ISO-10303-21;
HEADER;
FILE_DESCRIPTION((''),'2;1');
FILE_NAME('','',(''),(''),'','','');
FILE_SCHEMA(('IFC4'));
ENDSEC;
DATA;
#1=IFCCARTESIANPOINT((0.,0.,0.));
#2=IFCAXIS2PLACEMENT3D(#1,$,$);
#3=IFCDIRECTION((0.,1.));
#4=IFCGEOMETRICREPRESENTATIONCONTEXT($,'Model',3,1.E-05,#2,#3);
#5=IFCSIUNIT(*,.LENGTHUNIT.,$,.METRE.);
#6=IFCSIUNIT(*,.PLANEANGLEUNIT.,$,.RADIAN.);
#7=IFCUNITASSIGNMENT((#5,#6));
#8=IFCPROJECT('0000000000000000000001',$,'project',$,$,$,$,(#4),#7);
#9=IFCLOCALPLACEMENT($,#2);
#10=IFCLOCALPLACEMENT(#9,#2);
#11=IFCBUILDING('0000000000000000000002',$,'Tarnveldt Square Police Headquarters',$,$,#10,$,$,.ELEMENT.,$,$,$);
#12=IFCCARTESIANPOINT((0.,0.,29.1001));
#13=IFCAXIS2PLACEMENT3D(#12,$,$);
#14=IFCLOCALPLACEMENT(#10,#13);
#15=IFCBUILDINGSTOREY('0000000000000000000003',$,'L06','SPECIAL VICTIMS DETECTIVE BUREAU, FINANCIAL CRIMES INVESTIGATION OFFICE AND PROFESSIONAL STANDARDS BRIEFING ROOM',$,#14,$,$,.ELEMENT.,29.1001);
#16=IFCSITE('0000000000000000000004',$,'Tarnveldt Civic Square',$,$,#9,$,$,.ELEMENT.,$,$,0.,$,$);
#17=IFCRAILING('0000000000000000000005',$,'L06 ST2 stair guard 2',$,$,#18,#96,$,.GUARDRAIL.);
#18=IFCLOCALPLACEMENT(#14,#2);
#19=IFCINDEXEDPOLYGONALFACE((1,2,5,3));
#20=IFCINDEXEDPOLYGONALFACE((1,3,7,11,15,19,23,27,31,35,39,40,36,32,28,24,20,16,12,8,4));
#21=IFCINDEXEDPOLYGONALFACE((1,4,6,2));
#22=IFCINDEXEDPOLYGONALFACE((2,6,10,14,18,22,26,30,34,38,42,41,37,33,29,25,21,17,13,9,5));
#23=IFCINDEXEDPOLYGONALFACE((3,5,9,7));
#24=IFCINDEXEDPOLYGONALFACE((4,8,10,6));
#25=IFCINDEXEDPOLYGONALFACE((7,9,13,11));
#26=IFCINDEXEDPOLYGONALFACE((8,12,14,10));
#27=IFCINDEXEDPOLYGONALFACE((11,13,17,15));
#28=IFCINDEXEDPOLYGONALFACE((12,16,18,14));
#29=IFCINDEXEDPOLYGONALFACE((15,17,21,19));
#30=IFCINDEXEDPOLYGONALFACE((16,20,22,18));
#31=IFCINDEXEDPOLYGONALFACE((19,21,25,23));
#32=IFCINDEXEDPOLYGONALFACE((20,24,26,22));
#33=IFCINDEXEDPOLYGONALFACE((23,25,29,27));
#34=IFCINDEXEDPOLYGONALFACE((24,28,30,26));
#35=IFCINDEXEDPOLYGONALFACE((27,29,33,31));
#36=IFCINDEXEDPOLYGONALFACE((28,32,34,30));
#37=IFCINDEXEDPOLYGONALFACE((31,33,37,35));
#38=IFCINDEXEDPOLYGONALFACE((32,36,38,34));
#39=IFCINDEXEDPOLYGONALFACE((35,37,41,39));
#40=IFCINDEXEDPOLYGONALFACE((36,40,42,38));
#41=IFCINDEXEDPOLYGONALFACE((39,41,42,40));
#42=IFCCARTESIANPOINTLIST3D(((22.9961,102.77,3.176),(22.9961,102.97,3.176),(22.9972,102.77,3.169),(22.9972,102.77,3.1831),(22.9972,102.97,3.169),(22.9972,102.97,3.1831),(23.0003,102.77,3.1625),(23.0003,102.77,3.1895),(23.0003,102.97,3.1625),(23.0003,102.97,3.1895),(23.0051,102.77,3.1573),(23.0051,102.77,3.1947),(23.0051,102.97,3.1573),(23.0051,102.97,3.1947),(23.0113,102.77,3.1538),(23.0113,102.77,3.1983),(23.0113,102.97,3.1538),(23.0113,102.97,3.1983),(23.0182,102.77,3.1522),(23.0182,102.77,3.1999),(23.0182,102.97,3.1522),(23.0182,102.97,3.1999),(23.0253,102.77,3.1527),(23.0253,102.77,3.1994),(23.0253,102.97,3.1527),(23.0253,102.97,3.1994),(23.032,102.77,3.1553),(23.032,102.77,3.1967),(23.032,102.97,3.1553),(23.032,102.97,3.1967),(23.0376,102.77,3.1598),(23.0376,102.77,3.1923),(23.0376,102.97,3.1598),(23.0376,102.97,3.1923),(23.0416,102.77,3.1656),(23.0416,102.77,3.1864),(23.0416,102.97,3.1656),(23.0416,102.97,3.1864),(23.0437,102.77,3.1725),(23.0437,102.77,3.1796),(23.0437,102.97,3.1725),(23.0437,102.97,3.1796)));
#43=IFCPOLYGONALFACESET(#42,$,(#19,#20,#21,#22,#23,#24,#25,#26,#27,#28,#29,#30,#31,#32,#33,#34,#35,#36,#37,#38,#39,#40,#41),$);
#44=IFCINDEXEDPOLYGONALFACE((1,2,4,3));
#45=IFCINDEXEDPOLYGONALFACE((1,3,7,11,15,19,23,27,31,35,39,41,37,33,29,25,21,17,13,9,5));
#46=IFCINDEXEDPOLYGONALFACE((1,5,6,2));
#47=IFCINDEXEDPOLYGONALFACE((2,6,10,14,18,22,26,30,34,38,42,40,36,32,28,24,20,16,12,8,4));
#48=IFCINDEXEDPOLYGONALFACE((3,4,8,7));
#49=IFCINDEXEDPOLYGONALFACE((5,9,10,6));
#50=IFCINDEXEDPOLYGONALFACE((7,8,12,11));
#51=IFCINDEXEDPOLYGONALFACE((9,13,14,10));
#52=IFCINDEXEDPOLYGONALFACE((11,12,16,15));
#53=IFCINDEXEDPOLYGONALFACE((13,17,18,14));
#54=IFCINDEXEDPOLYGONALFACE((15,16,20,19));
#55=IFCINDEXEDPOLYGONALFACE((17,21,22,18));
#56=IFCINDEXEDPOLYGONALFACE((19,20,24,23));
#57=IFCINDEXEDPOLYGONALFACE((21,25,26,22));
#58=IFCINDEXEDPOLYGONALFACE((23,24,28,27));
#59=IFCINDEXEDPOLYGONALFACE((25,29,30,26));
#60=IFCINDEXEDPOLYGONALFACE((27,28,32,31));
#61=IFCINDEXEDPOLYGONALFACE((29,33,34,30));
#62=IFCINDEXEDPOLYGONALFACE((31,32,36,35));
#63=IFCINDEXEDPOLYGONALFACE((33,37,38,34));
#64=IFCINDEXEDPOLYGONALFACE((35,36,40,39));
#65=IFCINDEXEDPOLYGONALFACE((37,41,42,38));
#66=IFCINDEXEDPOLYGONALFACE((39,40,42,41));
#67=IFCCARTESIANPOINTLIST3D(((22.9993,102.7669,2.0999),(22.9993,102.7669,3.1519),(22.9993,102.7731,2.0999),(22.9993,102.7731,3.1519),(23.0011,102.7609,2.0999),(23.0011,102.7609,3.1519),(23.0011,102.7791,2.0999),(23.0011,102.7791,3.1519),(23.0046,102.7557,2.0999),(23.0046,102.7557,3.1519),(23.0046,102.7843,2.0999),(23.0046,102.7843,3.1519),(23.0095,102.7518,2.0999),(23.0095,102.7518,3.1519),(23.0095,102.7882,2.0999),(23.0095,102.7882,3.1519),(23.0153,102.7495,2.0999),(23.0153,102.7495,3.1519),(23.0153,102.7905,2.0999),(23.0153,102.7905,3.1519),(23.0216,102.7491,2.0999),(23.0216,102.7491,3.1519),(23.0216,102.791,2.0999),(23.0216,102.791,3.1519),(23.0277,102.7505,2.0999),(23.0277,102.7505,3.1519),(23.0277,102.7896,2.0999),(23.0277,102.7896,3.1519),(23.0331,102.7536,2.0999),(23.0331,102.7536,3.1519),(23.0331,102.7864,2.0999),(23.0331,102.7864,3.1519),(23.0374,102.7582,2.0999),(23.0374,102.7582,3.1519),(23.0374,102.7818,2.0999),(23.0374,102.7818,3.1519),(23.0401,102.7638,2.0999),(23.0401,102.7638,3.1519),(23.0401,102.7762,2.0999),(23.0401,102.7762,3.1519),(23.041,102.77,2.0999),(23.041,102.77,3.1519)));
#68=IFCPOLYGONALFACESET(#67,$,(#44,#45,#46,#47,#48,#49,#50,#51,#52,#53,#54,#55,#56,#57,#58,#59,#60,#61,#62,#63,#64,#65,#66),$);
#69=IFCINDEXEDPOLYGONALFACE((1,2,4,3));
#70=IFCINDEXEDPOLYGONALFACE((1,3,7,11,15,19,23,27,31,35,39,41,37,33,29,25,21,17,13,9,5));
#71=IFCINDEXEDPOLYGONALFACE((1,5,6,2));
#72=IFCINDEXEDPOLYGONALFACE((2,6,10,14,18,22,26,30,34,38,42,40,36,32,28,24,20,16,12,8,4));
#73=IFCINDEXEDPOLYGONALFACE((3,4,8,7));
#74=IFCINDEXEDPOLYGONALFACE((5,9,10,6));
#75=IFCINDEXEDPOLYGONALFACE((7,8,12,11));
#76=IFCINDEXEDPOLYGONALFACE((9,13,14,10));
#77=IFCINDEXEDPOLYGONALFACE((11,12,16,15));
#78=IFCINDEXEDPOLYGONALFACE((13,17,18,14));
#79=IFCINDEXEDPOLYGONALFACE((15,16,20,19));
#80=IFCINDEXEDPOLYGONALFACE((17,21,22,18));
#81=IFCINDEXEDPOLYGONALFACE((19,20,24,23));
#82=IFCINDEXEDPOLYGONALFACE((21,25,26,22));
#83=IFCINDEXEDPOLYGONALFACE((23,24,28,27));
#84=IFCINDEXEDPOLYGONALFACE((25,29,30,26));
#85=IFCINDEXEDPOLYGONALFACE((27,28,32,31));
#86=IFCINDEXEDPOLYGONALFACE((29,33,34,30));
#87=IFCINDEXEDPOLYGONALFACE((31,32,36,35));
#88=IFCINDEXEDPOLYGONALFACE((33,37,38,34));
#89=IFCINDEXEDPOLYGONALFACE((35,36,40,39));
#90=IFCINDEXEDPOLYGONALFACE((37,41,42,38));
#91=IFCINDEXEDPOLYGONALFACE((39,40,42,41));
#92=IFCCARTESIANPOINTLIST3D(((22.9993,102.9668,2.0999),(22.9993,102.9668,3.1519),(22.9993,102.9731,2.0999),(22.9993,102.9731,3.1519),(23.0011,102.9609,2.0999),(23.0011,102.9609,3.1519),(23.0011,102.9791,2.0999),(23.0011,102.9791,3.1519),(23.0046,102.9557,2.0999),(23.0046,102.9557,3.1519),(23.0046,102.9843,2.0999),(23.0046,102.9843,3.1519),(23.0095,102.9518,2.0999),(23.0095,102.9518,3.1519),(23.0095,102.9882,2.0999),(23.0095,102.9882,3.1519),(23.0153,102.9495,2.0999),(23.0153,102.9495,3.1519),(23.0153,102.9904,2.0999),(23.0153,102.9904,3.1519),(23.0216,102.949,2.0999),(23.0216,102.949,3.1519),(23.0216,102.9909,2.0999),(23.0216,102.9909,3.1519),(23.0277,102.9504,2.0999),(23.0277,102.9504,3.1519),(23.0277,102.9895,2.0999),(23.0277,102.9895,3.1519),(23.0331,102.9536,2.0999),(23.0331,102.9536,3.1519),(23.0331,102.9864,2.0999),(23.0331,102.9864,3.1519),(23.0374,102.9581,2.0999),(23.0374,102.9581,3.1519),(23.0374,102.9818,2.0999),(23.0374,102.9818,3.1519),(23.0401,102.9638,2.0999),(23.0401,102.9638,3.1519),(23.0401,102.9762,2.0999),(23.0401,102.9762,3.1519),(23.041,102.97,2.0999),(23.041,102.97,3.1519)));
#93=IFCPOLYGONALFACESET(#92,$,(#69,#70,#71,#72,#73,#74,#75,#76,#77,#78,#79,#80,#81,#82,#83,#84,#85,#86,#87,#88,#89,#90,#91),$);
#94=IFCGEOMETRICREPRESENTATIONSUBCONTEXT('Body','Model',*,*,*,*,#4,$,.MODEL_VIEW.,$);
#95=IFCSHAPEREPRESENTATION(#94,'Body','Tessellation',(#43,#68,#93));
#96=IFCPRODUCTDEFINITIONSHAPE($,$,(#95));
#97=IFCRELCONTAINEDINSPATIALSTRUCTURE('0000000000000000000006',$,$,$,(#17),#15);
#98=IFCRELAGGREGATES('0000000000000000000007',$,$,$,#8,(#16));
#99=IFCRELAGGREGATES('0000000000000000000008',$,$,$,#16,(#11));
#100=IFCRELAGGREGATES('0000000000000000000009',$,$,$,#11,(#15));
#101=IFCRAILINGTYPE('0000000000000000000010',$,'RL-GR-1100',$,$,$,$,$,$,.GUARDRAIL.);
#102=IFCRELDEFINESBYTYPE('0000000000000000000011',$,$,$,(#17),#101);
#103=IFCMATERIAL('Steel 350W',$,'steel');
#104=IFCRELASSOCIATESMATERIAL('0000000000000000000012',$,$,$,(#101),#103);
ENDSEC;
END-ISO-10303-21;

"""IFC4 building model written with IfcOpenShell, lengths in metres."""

from ifc_helpers import new_model, si_unit, direction, frame, origin, origin_2d, place, context, subcontext, project, spatial, circle, extrude, material, type_object, element, save


model = new_model("IFC4")

# Units and contexts
model_context = context("Model", 3, precision=1e-05, world=origin(), true_north=direction((0.0, 1.0)))
body_context = subcontext(model_context, "Body", "Model", "MODEL_VIEW")
ifc_project = project(units=[si_unit("LENGTHUNIT", "METRE"), si_unit("PLANEANGLEUNIT", "RADIAN")], contexts=[model_context])

# Site, building, storey
site_placement = place(None, origin())
site = spatial("IfcSite", under=ifc_project, at=site_placement, Name="Tarnveldt Civic Square", CompositionType="ELEMENT", RefElevation=0.0)
building_placement = place(site_placement, origin())
building = spatial("IfcBuilding", under=site, at=building_placement, Name="Tarnveldt Square Police Headquarters", CompositionType="ELEMENT")
storey_placement = place(building_placement, frame((0.0, 0.0, 29.1001)))
storey = spatial("IfcBuildingStorey", under=building, at=storey_placement, Name="L06", Description="SPECIAL VICTIMS DETECTIVE BUREAU, FINANCIAL CRIMES INVESTIGATION OFFICE AND PROFESSIONAL STANDARDS BRIEFING ROOM", CompositionType="ELEMENT", Elevation=29.1001)

# Shared definitions
ifc_material_1 = material(Name="Steel 350W", Category="steel")

# Railing
railing_type_1 = type_object("IfcRailingType", Name="RL-GR-1100", PredefinedType="GUARDRAIL", material=ifc_material_1)
railing_1_placement = place(storey_placement, frame((23.02, 102.77, 2.0999)))
element("IfcRailing", 1, at=railing_1_placement, inside=storey, type_object=railing_type_1, Name="L06 ST2 stair guard 2", PredefinedType="GUARDRAIL", context=body_context, shape_type="SweptSolid", body=[
    extrude(circle(Radius=0.0239, at=origin_2d()), frame((0.0, 0.0, 1.0762), z_axis=(0.0, 1.0, 0.0), x_axis=(-1.0, 0.0, 0.0)), (0.0, 0.0, 1.0), 0.2),
    extrude(circle(Radius=0.021, at=origin_2d()), origin(), (0.0, 0.0, 1.0), 1.052),
    extrude(circle(Radius=0.021, at=origin_2d()), frame((0.0, 0.2, 0.0)), (0.0, 0.0, 1.0), 1.052),
])

save(model, "model.ifc")
